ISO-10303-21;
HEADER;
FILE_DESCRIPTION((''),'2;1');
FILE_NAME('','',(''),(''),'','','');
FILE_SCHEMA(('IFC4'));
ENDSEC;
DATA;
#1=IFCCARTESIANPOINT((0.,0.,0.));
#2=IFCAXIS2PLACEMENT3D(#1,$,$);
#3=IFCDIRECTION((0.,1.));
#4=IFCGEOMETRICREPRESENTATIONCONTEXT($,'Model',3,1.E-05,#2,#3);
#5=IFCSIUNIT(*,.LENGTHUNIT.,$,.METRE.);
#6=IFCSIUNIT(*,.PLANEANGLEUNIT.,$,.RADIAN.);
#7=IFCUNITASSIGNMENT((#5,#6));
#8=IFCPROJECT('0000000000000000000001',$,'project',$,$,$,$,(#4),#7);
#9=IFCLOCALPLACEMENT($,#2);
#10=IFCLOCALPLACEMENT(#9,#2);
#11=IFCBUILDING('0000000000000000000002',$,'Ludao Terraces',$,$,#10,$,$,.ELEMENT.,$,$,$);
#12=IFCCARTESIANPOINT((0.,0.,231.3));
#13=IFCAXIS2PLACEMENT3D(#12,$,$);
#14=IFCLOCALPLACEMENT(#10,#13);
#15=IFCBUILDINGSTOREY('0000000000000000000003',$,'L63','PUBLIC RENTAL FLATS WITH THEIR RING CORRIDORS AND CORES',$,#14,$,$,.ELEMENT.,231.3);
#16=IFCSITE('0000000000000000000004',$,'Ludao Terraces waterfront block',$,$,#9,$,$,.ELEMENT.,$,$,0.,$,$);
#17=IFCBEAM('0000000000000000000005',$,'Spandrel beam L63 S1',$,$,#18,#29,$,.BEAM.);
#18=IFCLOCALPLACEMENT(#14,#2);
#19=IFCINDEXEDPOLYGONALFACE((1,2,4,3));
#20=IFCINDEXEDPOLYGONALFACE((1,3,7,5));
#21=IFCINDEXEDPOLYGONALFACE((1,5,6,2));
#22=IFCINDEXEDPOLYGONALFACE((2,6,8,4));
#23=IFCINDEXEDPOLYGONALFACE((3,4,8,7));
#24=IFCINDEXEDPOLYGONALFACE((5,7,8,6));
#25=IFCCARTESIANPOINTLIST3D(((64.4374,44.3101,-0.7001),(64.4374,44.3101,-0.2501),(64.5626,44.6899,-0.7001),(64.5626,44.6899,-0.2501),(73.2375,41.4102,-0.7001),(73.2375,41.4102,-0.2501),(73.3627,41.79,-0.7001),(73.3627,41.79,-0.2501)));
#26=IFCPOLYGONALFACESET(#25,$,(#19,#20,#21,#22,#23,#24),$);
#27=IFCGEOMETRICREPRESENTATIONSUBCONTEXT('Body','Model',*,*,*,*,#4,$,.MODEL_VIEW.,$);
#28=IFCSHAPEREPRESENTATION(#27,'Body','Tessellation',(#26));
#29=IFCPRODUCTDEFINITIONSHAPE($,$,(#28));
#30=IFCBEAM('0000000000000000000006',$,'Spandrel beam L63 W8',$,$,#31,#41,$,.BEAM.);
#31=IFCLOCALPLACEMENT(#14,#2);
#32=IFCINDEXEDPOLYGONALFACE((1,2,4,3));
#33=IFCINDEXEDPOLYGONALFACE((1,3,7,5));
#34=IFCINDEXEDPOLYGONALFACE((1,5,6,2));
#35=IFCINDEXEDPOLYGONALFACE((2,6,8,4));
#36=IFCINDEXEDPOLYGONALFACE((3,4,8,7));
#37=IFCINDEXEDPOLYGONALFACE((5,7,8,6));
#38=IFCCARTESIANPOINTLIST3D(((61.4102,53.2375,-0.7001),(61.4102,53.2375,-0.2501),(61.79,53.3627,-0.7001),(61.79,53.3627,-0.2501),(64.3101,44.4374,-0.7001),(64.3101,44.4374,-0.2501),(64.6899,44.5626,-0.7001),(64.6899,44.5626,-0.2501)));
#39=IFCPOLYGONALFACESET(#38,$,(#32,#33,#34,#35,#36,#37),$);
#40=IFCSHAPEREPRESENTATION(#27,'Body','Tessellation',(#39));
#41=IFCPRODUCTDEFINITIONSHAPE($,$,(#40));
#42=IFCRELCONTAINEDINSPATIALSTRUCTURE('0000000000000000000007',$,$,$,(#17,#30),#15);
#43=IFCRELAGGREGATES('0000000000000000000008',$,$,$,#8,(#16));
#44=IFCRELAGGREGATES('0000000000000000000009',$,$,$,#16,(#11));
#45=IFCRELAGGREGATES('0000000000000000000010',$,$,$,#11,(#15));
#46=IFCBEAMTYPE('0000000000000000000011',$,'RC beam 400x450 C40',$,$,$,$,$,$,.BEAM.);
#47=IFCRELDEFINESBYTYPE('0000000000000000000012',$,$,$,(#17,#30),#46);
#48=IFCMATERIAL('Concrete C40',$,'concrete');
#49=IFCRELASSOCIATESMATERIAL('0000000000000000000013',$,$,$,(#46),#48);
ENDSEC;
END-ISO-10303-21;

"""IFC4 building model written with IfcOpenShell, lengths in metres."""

from ifc_helpers import new_model, si_unit, direction, frame, origin, origin_2d, place, context, subcontext, project, spatial, rectangle, extrude, material, material_profile, profile_set, type_object, element, save


model = new_model("IFC4")

# Units and contexts
model_context = context("Model", 3, precision=1e-05, world=origin(), true_north=direction((0.0, 1.0)))
body_context = subcontext(model_context, "Body", "Model", "MODEL_VIEW")
ifc_project = project(units=[si_unit("LENGTHUNIT", "METRE"), si_unit("PLANEANGLEUNIT", "RADIAN")], contexts=[model_context])

# Site, building, storey
site_placement = place(None, origin())
site = spatial("IfcSite", under=ifc_project, at=site_placement, Name="Ludao Terraces waterfront block", CompositionType="ELEMENT", RefElevation=0.0)
building_placement = place(site_placement, origin())
building = spatial("IfcBuilding", under=site, at=building_placement, Name="Ludao Terraces", CompositionType="ELEMENT")
storey_placement = place(building_placement, frame((0.0, 0.0, 231.3)))
storey = spatial("IfcBuildingStorey", under=building, at=storey_placement, Name="L63", Description="PUBLIC RENTAL FLATS WITH THEIR RING CORRIDORS AND CORES", CompositionType="ELEMENT", Elevation=231.3)

# Beams
ifc_material = material(Name="Concrete C40", Category="concrete")
ifc_material_profile = material_profile(ifc_material, rectangle(XDim=0.3999, YDim=0.45, at=origin_2d()), Name="400 X 450")
ifc_profile_set = profile_set([ifc_material_profile], Name="Concrete C40")
beam_type = type_object("IfcBeamType", Name="RC beam 400x450 C40", PredefinedType="BEAM", material=ifc_profile_set)
for number, where, z_axis, x_axis, name in (
    (1, (64.5, 44.5, -0.4751), (0.949761, -0.312977, 0.0), (0.312977, 0.949761, 0.0), "Spandrel beam L63 S1"),
    (2, (64.5, 44.5, -0.4751), (-0.312977, 0.949761, 0.0), (-0.949761, -0.312977, 0.0), "Spandrel beam L63 W8"),
):
    element("IfcBeam", number, at=place(storey_placement, frame(where, z_axis=z_axis, x_axis=x_axis)), inside=storey, type_object=beam_type, Name=name, PredefinedType="BEAM", context=body_context, shape_type="SweptSolid", body=[
        extrude(rectangle(XDim=0.3999, YDim=0.45, at=origin_2d()), origin(), (0.0, 0.0, 1.0), 9.2656),
    ])

save(model, "model.ifc")
